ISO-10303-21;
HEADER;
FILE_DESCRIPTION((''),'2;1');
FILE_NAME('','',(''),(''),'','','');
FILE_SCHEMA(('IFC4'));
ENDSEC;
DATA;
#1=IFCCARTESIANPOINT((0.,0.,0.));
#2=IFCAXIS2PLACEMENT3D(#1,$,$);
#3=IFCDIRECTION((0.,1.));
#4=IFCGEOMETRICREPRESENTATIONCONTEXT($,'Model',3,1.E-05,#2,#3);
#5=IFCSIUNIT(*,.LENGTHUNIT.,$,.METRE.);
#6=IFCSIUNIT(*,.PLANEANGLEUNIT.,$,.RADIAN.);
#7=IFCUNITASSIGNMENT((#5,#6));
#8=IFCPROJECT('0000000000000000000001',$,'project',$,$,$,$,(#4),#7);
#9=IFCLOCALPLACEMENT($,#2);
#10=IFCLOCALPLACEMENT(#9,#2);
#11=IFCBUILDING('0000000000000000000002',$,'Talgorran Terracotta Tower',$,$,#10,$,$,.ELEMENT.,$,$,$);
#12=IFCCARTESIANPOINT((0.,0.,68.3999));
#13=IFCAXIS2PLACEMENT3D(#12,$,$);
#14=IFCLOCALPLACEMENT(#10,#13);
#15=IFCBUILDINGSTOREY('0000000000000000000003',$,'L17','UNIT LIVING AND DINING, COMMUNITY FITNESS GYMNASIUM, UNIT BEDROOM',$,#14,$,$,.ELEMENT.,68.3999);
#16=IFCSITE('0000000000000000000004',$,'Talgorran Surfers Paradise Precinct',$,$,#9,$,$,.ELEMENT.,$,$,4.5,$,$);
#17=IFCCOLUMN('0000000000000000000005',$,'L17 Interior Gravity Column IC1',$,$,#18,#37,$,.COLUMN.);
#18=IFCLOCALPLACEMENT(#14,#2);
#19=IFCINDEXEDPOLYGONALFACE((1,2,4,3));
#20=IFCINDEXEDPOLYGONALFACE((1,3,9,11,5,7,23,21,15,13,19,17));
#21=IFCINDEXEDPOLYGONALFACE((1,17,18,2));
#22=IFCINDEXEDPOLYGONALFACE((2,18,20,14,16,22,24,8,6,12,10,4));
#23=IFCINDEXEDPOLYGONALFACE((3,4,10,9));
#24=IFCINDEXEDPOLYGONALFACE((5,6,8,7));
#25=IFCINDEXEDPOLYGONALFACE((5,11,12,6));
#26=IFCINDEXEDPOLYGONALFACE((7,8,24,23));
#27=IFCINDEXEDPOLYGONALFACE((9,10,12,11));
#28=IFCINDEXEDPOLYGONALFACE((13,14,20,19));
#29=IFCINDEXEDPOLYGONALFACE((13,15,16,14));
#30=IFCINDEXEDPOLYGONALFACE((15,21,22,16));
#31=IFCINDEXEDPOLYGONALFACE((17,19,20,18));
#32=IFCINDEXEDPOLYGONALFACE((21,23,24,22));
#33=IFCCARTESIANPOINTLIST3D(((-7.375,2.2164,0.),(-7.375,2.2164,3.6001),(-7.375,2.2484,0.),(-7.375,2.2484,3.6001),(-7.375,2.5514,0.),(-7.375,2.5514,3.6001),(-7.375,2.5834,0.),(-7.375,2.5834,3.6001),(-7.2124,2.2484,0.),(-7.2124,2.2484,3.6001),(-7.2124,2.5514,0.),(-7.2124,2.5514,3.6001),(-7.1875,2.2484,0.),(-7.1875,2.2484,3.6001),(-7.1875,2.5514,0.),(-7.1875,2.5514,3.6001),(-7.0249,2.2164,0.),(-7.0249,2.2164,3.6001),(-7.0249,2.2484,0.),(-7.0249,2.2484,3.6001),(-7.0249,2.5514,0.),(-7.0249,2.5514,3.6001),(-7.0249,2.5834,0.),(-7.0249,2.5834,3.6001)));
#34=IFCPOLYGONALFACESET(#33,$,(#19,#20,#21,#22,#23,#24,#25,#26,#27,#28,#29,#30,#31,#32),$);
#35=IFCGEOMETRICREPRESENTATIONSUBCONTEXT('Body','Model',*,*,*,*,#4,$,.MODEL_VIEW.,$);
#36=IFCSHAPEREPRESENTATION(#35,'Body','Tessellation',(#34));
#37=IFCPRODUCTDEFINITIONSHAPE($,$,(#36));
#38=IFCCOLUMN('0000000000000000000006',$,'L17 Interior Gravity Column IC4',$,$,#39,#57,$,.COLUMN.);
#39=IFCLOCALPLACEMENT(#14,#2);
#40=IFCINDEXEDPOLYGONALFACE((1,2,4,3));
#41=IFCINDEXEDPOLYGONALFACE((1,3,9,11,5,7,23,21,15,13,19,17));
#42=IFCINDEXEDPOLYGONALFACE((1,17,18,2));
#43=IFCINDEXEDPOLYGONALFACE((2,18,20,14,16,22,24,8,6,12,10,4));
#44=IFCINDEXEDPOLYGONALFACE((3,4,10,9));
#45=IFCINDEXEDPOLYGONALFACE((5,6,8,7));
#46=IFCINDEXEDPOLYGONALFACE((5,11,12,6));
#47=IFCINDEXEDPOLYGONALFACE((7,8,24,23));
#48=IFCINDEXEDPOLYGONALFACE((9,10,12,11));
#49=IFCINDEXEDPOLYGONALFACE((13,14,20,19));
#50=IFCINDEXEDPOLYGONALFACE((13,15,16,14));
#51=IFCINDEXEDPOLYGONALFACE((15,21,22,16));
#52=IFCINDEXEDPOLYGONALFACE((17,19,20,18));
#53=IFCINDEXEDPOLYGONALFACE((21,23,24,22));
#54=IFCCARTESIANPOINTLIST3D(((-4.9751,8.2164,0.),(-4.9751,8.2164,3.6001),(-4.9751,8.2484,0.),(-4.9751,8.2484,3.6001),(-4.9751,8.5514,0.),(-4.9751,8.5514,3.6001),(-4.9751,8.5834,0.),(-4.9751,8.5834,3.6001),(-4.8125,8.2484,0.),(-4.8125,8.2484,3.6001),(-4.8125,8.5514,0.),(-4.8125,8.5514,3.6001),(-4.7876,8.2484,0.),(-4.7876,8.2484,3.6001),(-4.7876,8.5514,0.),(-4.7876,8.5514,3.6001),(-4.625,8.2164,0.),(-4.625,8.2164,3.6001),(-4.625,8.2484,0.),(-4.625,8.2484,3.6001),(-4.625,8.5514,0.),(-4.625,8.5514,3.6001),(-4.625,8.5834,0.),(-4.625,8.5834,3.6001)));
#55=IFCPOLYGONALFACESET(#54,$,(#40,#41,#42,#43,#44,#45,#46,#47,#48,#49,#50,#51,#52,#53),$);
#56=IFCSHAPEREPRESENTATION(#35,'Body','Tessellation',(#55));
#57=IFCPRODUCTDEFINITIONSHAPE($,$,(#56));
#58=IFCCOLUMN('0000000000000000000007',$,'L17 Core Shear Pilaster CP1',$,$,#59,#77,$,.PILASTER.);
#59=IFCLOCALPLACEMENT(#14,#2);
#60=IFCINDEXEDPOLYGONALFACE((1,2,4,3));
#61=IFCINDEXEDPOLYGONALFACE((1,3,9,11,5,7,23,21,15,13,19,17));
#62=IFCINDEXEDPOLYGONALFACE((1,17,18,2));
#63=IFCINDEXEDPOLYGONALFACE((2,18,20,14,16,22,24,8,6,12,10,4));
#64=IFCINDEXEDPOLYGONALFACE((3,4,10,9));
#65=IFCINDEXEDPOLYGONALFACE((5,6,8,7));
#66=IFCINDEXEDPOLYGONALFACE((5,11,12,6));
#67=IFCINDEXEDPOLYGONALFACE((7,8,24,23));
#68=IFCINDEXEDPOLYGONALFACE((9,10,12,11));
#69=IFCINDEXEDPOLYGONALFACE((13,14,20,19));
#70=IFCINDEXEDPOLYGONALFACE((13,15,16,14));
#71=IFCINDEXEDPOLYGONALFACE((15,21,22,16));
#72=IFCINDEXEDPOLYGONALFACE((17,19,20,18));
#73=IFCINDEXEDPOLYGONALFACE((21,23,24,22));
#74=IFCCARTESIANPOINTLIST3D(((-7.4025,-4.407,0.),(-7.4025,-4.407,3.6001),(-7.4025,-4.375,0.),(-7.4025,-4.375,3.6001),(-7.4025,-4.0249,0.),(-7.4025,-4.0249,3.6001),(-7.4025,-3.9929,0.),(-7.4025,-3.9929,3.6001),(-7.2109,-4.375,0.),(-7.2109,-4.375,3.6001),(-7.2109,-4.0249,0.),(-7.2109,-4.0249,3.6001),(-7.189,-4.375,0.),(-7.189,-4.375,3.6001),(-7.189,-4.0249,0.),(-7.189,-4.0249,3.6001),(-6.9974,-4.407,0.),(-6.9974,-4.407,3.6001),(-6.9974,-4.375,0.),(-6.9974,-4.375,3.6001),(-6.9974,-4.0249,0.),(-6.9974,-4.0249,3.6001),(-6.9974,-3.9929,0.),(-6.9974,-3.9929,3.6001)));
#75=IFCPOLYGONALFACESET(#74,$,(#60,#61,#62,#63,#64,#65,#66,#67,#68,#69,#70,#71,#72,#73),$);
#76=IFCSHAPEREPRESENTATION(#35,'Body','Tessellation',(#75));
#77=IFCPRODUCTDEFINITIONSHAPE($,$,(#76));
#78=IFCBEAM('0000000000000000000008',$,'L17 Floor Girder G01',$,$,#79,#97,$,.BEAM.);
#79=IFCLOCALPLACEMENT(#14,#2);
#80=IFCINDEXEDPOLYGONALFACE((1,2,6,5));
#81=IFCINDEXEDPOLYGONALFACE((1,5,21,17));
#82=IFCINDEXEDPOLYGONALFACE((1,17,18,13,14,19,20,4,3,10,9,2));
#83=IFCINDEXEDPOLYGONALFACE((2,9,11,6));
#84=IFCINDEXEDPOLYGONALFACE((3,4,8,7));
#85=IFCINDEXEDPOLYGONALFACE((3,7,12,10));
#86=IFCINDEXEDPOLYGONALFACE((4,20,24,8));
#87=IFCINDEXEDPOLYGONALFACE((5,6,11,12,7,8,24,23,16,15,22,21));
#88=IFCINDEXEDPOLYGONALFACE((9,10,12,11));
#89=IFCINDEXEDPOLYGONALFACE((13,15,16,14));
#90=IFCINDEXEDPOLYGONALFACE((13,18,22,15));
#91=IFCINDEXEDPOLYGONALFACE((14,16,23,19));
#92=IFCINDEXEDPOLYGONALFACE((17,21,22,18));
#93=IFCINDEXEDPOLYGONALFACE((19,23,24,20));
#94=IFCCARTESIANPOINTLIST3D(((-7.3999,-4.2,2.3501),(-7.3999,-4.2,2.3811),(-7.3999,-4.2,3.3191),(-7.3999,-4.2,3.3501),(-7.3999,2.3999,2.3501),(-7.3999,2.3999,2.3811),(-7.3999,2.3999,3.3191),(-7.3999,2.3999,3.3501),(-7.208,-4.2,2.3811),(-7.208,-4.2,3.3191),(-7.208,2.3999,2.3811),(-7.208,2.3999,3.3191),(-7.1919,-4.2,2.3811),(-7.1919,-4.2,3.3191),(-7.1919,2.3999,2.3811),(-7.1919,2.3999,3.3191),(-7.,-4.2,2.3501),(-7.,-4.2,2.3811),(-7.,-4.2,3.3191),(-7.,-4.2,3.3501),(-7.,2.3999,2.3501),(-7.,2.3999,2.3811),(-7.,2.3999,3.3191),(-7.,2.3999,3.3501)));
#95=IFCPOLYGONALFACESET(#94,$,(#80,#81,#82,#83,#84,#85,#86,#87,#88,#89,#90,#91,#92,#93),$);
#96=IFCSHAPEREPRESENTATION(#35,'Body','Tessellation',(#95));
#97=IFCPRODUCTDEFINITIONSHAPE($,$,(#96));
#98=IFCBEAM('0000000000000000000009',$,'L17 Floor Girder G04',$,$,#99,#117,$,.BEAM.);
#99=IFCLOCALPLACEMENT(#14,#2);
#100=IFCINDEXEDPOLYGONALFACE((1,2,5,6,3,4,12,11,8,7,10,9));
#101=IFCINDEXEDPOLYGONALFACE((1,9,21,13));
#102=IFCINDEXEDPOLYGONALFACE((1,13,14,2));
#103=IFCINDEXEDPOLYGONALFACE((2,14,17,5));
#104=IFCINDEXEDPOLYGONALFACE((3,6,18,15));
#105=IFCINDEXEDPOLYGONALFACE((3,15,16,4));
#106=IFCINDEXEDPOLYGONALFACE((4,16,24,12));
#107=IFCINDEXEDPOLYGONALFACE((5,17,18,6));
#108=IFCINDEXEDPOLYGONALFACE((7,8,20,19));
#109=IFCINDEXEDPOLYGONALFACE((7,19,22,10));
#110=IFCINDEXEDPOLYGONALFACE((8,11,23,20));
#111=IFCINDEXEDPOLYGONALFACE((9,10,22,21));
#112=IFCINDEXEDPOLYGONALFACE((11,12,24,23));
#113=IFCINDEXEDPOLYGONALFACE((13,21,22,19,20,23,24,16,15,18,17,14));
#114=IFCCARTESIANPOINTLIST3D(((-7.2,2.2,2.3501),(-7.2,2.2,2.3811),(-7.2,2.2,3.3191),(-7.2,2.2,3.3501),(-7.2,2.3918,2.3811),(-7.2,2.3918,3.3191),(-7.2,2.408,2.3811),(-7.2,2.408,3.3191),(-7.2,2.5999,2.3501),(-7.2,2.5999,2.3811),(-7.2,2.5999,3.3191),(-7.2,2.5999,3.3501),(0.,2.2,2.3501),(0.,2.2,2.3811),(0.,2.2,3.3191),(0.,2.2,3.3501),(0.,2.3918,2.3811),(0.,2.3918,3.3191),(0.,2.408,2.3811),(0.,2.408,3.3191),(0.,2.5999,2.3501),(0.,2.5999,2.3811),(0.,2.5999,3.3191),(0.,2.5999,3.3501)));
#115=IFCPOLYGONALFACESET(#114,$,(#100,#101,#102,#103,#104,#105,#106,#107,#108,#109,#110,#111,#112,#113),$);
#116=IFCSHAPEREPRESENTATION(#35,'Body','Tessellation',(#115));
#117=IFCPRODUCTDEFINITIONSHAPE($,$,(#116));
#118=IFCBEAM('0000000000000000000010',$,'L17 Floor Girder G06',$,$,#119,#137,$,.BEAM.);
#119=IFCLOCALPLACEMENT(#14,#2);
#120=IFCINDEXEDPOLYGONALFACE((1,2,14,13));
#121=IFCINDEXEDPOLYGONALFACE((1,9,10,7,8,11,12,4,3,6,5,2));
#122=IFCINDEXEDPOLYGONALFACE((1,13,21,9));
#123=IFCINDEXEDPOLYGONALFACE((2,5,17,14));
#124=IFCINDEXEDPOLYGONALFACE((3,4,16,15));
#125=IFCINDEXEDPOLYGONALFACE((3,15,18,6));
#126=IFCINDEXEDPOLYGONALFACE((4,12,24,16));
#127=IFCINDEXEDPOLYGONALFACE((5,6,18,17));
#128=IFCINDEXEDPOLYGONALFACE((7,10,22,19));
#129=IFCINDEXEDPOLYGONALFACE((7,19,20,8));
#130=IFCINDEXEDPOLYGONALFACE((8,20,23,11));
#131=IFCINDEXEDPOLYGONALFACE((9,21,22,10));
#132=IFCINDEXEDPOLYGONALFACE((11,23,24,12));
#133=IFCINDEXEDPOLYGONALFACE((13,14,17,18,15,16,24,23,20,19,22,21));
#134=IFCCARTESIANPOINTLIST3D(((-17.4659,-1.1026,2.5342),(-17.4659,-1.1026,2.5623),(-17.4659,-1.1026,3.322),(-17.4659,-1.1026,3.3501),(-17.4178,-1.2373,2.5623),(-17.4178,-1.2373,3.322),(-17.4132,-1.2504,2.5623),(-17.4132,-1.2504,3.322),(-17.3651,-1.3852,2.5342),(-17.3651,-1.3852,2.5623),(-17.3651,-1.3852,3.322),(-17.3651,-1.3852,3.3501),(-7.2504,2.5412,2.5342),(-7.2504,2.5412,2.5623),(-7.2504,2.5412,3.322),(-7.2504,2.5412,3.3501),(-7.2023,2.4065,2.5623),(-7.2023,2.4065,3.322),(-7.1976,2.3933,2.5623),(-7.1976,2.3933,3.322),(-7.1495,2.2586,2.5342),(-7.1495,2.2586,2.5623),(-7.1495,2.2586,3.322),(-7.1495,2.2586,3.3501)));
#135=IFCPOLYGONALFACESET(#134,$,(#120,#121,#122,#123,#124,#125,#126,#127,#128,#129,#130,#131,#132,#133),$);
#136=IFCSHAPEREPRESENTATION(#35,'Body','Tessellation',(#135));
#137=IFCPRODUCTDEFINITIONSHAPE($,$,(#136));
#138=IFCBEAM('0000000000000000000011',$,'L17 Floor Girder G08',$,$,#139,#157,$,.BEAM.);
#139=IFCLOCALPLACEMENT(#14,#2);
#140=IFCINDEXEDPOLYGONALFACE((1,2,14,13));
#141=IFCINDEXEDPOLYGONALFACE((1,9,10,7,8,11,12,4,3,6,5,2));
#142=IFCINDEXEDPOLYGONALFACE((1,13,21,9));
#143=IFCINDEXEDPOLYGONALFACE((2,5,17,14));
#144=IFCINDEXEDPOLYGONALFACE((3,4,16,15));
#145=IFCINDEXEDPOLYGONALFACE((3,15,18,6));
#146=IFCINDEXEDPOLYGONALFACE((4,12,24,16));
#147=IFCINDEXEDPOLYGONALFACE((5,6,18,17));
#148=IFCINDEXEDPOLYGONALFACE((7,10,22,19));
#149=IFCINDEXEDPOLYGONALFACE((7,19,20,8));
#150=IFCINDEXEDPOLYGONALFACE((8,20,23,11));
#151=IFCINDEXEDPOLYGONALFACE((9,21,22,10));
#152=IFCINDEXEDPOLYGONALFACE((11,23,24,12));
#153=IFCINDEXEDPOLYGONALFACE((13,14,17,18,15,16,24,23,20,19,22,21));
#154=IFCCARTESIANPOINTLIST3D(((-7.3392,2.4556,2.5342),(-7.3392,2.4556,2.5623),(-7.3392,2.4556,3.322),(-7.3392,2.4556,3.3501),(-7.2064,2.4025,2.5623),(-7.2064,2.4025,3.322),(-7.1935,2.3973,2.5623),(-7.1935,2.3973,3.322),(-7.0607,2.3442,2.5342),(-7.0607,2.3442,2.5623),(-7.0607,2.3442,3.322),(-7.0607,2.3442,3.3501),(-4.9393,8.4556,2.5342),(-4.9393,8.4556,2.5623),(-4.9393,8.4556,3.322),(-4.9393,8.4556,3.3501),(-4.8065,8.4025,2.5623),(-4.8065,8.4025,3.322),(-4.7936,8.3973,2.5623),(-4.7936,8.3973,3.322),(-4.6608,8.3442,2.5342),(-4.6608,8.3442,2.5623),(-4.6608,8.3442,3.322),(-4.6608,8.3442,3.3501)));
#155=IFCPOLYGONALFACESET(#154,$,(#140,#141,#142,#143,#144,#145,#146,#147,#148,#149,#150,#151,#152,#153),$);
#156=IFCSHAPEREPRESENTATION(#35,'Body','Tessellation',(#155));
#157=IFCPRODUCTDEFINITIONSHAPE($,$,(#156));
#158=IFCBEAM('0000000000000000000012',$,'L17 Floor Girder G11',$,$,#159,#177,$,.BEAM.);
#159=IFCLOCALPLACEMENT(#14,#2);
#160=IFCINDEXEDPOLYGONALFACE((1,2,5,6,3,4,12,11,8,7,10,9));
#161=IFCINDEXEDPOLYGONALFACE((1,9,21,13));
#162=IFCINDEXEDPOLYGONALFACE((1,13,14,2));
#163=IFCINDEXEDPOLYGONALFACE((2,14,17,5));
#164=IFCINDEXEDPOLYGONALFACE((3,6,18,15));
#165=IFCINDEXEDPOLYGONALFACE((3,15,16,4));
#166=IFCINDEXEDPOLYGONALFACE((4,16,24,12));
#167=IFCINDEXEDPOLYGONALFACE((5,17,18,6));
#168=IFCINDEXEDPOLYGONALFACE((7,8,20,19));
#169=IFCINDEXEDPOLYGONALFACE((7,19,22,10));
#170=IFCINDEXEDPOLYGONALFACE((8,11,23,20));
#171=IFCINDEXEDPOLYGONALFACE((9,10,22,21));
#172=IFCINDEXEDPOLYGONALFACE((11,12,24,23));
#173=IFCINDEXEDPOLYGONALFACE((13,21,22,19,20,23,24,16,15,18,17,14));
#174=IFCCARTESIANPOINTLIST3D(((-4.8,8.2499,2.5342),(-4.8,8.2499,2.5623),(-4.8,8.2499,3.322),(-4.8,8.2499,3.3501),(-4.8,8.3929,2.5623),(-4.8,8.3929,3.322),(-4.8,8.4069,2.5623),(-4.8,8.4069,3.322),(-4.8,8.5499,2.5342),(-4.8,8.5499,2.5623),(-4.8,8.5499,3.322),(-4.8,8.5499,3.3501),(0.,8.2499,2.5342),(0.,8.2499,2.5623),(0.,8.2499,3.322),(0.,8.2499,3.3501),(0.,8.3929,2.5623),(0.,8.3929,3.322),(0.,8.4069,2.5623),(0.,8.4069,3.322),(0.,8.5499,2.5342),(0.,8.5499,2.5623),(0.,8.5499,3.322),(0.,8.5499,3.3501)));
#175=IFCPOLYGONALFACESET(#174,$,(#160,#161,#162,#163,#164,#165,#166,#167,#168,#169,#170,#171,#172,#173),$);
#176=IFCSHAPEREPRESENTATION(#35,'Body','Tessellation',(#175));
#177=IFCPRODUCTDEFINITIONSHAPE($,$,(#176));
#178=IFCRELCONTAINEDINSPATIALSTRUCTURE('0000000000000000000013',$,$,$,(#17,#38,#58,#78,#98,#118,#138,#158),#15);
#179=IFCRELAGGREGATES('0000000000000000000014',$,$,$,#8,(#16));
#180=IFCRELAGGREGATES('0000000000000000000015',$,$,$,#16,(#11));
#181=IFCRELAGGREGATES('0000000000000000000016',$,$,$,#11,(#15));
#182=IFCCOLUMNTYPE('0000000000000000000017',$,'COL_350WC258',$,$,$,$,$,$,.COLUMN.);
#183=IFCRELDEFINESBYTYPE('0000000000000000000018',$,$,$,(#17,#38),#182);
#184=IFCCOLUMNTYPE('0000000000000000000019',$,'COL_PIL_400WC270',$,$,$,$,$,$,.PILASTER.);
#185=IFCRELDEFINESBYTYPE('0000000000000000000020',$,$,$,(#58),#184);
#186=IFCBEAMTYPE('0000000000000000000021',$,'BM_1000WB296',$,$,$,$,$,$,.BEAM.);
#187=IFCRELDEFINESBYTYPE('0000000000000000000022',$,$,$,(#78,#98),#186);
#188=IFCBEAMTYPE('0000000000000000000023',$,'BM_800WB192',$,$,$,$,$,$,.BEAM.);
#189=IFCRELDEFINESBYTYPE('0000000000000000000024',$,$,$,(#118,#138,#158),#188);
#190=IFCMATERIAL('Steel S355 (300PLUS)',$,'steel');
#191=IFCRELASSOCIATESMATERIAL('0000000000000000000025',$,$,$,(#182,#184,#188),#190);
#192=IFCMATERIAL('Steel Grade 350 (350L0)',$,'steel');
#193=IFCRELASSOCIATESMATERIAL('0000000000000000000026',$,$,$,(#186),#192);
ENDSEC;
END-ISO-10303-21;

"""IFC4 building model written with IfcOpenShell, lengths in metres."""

from ifc_helpers import new_model, si_unit, direction, frame, origin, origin_2d, place, context, subcontext, project, spatial, i_section, extrude, material, material_profile, profile_set, type_object, element, save


model = new_model("IFC4")

# Units and contexts
model_context = context("Model", 3, precision=1e-05, world=origin(), true_north=direction((0.0, 1.0)))
body_context = subcontext(model_context, "Body", "Model", "MODEL_VIEW")
ifc_project = project(units=[si_unit("LENGTHUNIT", "METRE"), si_unit("PLANEANGLEUNIT", "RADIAN")], contexts=[model_context])

# Site, building, storey
site_placement = place(None, origin())
site = spatial("IfcSite", under=ifc_project, at=site_placement, Name="Talgorran Surfers Paradise Precinct", CompositionType="ELEMENT", RefElevation=4.5)
building_placement = place(site_placement, origin())
building = spatial("IfcBuilding", under=site, at=building_placement, Name="Talgorran Terracotta Tower", CompositionType="ELEMENT")
storey_placement = place(building_placement, frame((0.0, 0.0, 68.3999)))
storey = spatial("IfcBuildingStorey", under=building, at=storey_placement, Name="L17", Description="UNIT LIVING AND DINING, COMMUNITY FITNESS GYMNASIUM, UNIT BEDROOM", CompositionType="ELEMENT", Elevation=68.3999)

# Columns
ifc_material_1 = material(Name="Steel S355 (300PLUS)", Category="steel")
ifc_material_profile_1 = material_profile(ifc_material_1, i_section(OverallWidth=0.3501, OverallDepth=0.3669, WebThickness=0.0249, FlangeThickness=0.032, at=origin_2d()), Name="350WC258")
ifc_profile_set_1 = profile_set([ifc_material_profile_1], Name="Steel S355 (300PLUS)")
column_type_1 = type_object("IfcColumnType", Name="COL_350WC258", PredefinedType="COLUMN", material=ifc_profile_set_1)
for number, where, z_axis, x_axis, name in (
    (1, (-7.2, 2.3999, 0.0), (0.0, 0.0, 1.0), (1.0, 0.0, 0.0), "L17 Interior Gravity Column IC1"),
    (2, (-4.8, 8.3999, 0.0), (0.0, 0.0, 1.0), (1.0, 0.0, 0.0), "L17 Interior Gravity Column IC4"),
):
    element("IfcColumn", number, at=place(storey_placement, frame(where, z_axis=z_axis, x_axis=x_axis)), inside=storey, type_object=column_type_1, Name=name, PredefinedType="COLUMN", context=body_context, shape_type="SweptSolid", body=[
        extrude(i_section(OverallWidth=0.3501, OverallDepth=0.3669, WebThickness=0.0249, FlangeThickness=0.032, at=origin_2d()), origin(), (0.0, 0.0, 1.0), 3.6001),
    ])
ifc_material_profile_2 = material_profile(ifc_material_1, i_section(OverallWidth=0.405, OverallDepth=0.4141, WebThickness=0.022, FlangeThickness=0.032, at=origin_2d()), Name="400WC270")
ifc_profile_set_2 = profile_set([ifc_material_profile_2], Name="Steel S355 (300PLUS)")
column_type_2 = type_object("IfcColumnType", Name="COL_PIL_400WC270", PredefinedType="PILASTER", material=ifc_profile_set_2)
column_placement = place(storey_placement, frame((-7.2, -4.2, 0.0), z_axis=(0.0, 0.0, 1.0), x_axis=(1.0, 0.0, 0.0)))
element("IfcColumn", 3, at=column_placement, inside=storey, type_object=column_type_2, Name="L17 Core Shear Pilaster CP1", PredefinedType="PILASTER", context=body_context, shape_type="SweptSolid", body=[
    extrude(i_section(OverallWidth=0.405, OverallDepth=0.4141, WebThickness=0.022, FlangeThickness=0.032, at=origin_2d()), origin(), (0.0, 0.0, 1.0), 3.6001),
])

# Beams
ifc_material_2 = material(Name="Steel Grade 350 (350L0)", Category="steel")
ifc_material_profile_3 = material_profile(ifc_material_2, i_section(OverallWidth=0.3999, OverallDepth=1.0, WebThickness=0.0161, FlangeThickness=0.031, at=origin_2d()), Name="1000WB296")
ifc_profile_set_3 = profile_set([ifc_material_profile_3], Name="Steel Grade 350 (350L0)")
beam_type_1 = type_object("IfcBeamType", Name="BM_1000WB296", PredefinedType="BEAM", material=ifc_profile_set_3)
beam_1_placement = place(storey_placement, frame((-7.2, -4.2, 2.8501), z_axis=(0.0, 1.0, 0.0), x_axis=(-1.0, 0.0, 0.0)))
element("IfcBeam", 4, at=beam_1_placement, inside=storey, type_object=beam_type_1, Name="L17 Floor Girder G01", PredefinedType="BEAM", context=body_context, shape_type="SweptSolid", body=[
    extrude(i_section(OverallWidth=0.3999, OverallDepth=1.0, WebThickness=0.0161, FlangeThickness=0.031, at=origin_2d()), origin(), (0.0, 0.0, 1.0), 6.5999),
])
beam_2_placement = place(storey_placement, frame((-7.2, 2.3999, 2.8501), z_axis=(1.0, 0.0, 0.0), x_axis=(0.0, 1.0, 0.0)))
element("IfcBeam", 5, at=beam_2_placement, inside=storey, type_object=beam_type_1, Name="L17 Floor Girder G04", PredefinedType="BEAM", context=body_context, shape_type="SweptSolid", body=[
    extrude(i_section(OverallWidth=0.3999, OverallDepth=1.0, WebThickness=0.0161, FlangeThickness=0.031, at=origin_2d()), origin(), (0.0, 0.0, 1.0), 7.2),
])
ifc_material_profile_4 = material_profile(ifc_material_1, i_section(OverallWidth=0.3, OverallDepth=0.8159, WebThickness=0.0139, FlangeThickness=0.0281, at=origin_2d()), Name="800WB192")
ifc_profile_set_4 = profile_set([ifc_material_profile_4], Name="Steel S355 (300PLUS)")
beam_type_2 = type_object("IfcBeamType", Name="BM_800WB192", PredefinedType="BEAM", material=ifc_profile_set_4)
beam_3_placement = place(storey_placement, frame((-7.2, 2.3999, 2.9421), z_axis=(-0.941877, -0.335958, 0.0), x_axis=(0.335958, -0.941877, 0.0)))
element("IfcBeam", 6, at=beam_3_placement, inside=storey, type_object=beam_type_2, Name="L17 Floor Girder G06", PredefinedType="BEAM", context=body_context, shape_type="SweptSolid", body=[
    extrude(i_section(OverallWidth=0.3, OverallDepth=0.8159, WebThickness=0.0139, FlangeThickness=0.0281, at=origin_2d()), origin(), (0.0, 0.0, 1.0), 10.8459),
])
beam_4_placement = place(storey_placement, frame((-7.2, 2.3999, 2.9421), z_axis=(0.371378, 0.928482, 0.0), x_axis=(-0.928482, 0.371378, 0.0)))
element("IfcBeam", 7, at=beam_4_placement, inside=storey, type_object=beam_type_2, Name="L17 Floor Girder G08", PredefinedType="BEAM", context=body_context, shape_type="SweptSolid", body=[
    extrude(i_section(OverallWidth=0.3, OverallDepth=0.8159, WebThickness=0.0139, FlangeThickness=0.0281, at=origin_2d()), origin(), (0.0, 0.0, 1.0), 6.4622),
])
beam_5_placement = place(storey_placement, frame((-4.8, 8.3999, 2.9421), z_axis=(1.0, 0.0, 0.0), x_axis=(0.0, 1.0, 0.0)))
element("IfcBeam", 8, at=beam_5_placement, inside=storey, type_object=beam_type_2, Name="L17 Floor Girder G11", PredefinedType="BEAM", context=body_context, shape_type="SweptSolid", body=[
    extrude(i_section(OverallWidth=0.3, OverallDepth=0.8159, WebThickness=0.0139, FlangeThickness=0.0281, at=origin_2d()), origin(), (0.0, 0.0, 1.0), 4.8),
])

save(model, "model.ifc")
